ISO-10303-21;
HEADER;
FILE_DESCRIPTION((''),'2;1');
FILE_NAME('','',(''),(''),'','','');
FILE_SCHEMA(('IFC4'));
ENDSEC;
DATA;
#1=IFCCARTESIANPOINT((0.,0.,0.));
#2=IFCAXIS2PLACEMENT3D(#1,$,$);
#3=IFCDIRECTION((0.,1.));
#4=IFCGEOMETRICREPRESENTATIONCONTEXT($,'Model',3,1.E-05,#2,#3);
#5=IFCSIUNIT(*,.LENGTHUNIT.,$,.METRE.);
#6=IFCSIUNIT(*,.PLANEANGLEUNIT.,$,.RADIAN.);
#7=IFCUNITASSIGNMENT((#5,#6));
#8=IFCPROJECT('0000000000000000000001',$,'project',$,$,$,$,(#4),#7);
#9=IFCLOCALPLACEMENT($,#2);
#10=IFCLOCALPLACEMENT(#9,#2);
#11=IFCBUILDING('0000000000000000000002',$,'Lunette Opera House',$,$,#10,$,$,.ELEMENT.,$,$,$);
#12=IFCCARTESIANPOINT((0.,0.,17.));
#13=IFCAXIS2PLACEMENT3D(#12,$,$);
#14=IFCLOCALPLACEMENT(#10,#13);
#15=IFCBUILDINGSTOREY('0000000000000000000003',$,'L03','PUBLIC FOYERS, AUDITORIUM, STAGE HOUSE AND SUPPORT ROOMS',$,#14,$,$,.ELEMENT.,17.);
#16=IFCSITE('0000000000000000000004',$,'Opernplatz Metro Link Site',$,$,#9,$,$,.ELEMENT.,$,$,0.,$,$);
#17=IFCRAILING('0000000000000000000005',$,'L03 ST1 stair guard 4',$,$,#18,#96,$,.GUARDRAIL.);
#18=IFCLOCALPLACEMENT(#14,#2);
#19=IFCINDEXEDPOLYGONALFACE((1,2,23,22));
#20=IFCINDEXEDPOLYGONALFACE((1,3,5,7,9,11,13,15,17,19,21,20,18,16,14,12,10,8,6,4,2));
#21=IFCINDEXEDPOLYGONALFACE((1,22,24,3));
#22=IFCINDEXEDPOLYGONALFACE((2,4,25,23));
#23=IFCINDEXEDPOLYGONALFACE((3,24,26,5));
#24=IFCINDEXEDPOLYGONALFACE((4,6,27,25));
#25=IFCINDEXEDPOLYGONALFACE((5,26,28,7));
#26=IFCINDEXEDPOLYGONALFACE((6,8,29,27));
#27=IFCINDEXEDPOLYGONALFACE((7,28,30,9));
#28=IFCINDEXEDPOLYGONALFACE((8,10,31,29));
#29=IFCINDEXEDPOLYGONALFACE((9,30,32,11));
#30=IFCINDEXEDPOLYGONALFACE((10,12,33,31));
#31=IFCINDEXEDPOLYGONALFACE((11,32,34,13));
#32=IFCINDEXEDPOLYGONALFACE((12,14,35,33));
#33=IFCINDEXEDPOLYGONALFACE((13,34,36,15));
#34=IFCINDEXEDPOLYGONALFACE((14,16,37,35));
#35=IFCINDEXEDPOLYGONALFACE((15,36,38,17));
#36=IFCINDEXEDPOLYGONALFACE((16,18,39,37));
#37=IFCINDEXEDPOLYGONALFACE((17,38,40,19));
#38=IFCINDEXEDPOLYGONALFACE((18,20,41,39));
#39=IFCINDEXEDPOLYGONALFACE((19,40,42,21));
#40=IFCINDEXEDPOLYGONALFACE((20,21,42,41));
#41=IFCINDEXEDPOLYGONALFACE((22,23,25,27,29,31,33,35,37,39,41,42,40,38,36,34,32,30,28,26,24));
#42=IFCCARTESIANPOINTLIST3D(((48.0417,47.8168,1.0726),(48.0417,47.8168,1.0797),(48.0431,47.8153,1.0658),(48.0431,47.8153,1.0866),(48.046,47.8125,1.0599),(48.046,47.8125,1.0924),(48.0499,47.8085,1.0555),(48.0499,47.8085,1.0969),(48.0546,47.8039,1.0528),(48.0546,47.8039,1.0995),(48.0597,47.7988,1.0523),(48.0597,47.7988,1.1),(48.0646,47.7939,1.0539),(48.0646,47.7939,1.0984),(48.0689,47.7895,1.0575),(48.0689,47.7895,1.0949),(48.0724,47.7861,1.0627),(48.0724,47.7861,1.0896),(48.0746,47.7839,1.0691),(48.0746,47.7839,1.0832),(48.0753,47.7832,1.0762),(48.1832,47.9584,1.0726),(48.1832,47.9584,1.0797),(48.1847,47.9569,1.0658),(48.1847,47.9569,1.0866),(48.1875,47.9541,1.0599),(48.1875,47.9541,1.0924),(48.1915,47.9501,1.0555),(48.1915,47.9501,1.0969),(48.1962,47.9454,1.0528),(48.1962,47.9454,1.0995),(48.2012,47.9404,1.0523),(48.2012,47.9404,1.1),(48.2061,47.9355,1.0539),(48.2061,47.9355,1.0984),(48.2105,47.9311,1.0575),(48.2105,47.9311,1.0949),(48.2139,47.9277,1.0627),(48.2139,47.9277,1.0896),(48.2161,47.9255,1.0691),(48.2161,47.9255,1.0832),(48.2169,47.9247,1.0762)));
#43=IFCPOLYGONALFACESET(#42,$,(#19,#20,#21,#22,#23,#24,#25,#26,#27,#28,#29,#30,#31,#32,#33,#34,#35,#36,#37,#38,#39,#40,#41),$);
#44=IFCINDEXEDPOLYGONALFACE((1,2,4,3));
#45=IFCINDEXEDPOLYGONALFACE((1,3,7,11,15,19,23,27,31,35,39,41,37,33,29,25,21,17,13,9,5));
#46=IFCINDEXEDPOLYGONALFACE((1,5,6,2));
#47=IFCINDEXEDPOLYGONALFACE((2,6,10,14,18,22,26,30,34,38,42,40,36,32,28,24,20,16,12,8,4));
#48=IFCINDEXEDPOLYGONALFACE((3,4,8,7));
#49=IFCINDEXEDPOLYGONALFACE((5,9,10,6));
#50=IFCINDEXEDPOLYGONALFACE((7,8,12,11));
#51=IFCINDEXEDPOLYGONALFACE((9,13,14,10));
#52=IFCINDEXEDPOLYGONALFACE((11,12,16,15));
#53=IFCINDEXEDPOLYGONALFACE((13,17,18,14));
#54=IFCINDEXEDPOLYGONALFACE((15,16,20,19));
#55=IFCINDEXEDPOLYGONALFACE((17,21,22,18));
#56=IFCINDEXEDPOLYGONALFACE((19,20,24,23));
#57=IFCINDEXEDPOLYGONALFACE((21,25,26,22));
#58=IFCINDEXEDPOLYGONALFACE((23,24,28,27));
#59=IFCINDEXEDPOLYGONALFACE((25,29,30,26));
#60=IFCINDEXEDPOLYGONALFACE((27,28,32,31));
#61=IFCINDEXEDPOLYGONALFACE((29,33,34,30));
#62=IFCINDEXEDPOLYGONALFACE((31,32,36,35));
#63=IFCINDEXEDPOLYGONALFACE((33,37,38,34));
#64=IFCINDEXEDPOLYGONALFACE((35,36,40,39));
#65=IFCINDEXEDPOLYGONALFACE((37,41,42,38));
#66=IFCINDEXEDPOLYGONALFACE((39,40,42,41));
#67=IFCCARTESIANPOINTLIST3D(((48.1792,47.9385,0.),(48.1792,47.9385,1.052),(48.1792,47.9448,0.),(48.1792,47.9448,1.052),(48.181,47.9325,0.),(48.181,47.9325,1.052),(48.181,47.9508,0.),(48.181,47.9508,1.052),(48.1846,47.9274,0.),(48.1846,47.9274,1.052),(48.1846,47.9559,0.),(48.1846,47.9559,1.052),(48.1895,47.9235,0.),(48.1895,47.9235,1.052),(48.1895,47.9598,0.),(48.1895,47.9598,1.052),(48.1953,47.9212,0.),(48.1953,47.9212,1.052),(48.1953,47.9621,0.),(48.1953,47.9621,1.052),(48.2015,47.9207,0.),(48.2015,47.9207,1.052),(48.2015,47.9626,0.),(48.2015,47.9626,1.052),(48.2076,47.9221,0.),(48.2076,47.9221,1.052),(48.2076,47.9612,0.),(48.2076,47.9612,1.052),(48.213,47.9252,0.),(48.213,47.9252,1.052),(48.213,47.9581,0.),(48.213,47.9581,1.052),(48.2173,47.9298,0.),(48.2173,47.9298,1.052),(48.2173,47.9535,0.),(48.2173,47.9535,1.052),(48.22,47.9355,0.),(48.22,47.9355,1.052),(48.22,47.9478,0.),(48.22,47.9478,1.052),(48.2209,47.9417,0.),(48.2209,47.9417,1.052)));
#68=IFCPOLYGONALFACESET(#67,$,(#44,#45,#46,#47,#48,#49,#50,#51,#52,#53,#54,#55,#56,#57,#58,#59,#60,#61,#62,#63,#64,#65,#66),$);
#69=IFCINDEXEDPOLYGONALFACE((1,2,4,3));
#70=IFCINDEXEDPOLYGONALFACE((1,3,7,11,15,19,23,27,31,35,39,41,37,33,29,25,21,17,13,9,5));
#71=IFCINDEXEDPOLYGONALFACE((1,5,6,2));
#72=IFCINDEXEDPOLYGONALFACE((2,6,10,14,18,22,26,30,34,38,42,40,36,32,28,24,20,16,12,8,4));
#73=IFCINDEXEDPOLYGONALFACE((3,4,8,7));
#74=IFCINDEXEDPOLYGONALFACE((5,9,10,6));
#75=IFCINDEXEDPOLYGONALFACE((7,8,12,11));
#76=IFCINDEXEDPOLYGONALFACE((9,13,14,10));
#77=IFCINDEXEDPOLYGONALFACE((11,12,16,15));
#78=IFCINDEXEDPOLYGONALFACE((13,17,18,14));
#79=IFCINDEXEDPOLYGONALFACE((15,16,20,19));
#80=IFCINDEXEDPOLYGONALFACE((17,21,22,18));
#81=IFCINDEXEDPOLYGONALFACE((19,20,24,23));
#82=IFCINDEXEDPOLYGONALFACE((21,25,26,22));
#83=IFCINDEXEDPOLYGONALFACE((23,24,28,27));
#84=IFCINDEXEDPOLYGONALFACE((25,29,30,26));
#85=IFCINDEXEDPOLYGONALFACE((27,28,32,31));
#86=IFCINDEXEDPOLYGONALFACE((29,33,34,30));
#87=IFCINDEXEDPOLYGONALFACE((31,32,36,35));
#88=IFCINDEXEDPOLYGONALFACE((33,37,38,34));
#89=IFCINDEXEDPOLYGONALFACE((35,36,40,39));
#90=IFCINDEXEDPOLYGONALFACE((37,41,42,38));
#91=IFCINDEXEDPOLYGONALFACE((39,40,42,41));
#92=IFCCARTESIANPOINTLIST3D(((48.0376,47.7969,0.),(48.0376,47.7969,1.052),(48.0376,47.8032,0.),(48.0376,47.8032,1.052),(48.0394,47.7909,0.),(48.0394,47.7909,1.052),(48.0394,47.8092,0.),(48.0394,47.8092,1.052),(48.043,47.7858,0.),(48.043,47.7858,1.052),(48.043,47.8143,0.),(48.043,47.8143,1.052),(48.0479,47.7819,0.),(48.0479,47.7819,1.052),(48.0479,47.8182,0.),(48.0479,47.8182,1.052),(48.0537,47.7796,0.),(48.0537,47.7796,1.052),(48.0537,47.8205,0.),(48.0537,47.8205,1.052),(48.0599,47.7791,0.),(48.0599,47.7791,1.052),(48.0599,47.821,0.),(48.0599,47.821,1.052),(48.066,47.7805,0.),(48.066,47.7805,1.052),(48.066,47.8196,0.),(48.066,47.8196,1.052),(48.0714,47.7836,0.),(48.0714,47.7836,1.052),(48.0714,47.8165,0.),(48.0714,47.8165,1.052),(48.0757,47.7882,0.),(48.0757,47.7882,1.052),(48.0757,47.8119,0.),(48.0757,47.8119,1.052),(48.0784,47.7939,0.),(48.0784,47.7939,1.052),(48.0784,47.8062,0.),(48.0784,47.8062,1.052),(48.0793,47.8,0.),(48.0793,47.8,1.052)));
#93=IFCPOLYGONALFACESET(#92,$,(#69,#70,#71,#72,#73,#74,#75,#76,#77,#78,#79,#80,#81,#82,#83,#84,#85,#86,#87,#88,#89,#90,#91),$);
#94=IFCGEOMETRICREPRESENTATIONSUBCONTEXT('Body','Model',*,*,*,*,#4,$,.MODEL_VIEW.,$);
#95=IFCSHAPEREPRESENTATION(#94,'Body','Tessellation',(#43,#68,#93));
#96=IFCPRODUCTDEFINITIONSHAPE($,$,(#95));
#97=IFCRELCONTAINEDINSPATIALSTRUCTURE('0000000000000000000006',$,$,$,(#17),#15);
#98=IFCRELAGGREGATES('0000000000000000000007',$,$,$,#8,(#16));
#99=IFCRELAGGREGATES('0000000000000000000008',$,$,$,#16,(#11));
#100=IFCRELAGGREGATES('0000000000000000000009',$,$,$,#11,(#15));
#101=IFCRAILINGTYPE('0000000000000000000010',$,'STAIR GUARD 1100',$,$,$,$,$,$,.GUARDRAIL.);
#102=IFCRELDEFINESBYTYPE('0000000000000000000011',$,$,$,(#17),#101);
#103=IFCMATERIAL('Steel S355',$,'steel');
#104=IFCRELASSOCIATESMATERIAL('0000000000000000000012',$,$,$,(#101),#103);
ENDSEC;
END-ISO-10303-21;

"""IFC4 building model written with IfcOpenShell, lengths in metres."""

from ifc_helpers import new_model, si_unit, direction, frame, origin, origin_2d, place, context, subcontext, project, spatial, circle, extrude, material, type_object, element, save


model = new_model("IFC4")

# Units and contexts
model_context = context("Model", 3, precision=1e-05, world=origin(), true_north=direction((0.0, 1.0)))
body_context = subcontext(model_context, "Body", "Model", "MODEL_VIEW")
ifc_project = project(units=[si_unit("LENGTHUNIT", "METRE"), si_unit("PLANEANGLEUNIT", "RADIAN")], contexts=[model_context])

# Site, building, storey
site_placement = place(None, origin())
site = spatial("IfcSite", under=ifc_project, at=site_placement, Name="Opernplatz Metro Link Site", CompositionType="ELEMENT", RefElevation=0.0)
building_placement = place(site_placement, origin())
building = spatial("IfcBuilding", under=site, at=building_placement, Name="Lunette Opera House", CompositionType="ELEMENT")
storey_placement = place(building_placement, frame((0.0, 0.0, 17.0)))
storey = spatial("IfcBuildingStorey", under=building, at=storey_placement, Name="L03", Description="PUBLIC FOYERS, AUDITORIUM, STAGE HOUSE AND SUPPORT ROOMS", CompositionType="ELEMENT", Elevation=17.0)

# Railing
ifc_material_1 = material(Name="Steel S355", Category="steel")
railing_type_1 = type_object("IfcRailingType", Name="STAIR GUARD 1100", PredefinedType="GUARDRAIL", material=ifc_material_1)
railing_1_placement = place(storey_placement, frame((48.2, 47.9417, 0.0)))
element("IfcRailing", 1, at=railing_1_placement, inside=storey, type_object=railing_type_1, Name="L03 ST1 stair guard 4", PredefinedType="GUARDRAIL", context=body_context, shape_type="SweptSolid", body=[
    extrude(circle(Radius=0.0239, at=origin_2d()), frame((0.0, 0.0, 1.0762), z_axis=(-0.707107, -0.707107, 0.0), x_axis=(0.707107, -0.707107, 0.0)), (0.0, 0.0, 1.0), 0.2002),
    extrude(circle(Radius=0.021, at=origin_2d()), origin(), (0.0, 0.0, 1.0), 1.052),
    extrude(circle(Radius=0.021, at=origin_2d()), frame((-0.1416, -0.1416, 0.0)), (0.0, 0.0, 1.0), 1.052),
])

save(model, "model.ifc")
